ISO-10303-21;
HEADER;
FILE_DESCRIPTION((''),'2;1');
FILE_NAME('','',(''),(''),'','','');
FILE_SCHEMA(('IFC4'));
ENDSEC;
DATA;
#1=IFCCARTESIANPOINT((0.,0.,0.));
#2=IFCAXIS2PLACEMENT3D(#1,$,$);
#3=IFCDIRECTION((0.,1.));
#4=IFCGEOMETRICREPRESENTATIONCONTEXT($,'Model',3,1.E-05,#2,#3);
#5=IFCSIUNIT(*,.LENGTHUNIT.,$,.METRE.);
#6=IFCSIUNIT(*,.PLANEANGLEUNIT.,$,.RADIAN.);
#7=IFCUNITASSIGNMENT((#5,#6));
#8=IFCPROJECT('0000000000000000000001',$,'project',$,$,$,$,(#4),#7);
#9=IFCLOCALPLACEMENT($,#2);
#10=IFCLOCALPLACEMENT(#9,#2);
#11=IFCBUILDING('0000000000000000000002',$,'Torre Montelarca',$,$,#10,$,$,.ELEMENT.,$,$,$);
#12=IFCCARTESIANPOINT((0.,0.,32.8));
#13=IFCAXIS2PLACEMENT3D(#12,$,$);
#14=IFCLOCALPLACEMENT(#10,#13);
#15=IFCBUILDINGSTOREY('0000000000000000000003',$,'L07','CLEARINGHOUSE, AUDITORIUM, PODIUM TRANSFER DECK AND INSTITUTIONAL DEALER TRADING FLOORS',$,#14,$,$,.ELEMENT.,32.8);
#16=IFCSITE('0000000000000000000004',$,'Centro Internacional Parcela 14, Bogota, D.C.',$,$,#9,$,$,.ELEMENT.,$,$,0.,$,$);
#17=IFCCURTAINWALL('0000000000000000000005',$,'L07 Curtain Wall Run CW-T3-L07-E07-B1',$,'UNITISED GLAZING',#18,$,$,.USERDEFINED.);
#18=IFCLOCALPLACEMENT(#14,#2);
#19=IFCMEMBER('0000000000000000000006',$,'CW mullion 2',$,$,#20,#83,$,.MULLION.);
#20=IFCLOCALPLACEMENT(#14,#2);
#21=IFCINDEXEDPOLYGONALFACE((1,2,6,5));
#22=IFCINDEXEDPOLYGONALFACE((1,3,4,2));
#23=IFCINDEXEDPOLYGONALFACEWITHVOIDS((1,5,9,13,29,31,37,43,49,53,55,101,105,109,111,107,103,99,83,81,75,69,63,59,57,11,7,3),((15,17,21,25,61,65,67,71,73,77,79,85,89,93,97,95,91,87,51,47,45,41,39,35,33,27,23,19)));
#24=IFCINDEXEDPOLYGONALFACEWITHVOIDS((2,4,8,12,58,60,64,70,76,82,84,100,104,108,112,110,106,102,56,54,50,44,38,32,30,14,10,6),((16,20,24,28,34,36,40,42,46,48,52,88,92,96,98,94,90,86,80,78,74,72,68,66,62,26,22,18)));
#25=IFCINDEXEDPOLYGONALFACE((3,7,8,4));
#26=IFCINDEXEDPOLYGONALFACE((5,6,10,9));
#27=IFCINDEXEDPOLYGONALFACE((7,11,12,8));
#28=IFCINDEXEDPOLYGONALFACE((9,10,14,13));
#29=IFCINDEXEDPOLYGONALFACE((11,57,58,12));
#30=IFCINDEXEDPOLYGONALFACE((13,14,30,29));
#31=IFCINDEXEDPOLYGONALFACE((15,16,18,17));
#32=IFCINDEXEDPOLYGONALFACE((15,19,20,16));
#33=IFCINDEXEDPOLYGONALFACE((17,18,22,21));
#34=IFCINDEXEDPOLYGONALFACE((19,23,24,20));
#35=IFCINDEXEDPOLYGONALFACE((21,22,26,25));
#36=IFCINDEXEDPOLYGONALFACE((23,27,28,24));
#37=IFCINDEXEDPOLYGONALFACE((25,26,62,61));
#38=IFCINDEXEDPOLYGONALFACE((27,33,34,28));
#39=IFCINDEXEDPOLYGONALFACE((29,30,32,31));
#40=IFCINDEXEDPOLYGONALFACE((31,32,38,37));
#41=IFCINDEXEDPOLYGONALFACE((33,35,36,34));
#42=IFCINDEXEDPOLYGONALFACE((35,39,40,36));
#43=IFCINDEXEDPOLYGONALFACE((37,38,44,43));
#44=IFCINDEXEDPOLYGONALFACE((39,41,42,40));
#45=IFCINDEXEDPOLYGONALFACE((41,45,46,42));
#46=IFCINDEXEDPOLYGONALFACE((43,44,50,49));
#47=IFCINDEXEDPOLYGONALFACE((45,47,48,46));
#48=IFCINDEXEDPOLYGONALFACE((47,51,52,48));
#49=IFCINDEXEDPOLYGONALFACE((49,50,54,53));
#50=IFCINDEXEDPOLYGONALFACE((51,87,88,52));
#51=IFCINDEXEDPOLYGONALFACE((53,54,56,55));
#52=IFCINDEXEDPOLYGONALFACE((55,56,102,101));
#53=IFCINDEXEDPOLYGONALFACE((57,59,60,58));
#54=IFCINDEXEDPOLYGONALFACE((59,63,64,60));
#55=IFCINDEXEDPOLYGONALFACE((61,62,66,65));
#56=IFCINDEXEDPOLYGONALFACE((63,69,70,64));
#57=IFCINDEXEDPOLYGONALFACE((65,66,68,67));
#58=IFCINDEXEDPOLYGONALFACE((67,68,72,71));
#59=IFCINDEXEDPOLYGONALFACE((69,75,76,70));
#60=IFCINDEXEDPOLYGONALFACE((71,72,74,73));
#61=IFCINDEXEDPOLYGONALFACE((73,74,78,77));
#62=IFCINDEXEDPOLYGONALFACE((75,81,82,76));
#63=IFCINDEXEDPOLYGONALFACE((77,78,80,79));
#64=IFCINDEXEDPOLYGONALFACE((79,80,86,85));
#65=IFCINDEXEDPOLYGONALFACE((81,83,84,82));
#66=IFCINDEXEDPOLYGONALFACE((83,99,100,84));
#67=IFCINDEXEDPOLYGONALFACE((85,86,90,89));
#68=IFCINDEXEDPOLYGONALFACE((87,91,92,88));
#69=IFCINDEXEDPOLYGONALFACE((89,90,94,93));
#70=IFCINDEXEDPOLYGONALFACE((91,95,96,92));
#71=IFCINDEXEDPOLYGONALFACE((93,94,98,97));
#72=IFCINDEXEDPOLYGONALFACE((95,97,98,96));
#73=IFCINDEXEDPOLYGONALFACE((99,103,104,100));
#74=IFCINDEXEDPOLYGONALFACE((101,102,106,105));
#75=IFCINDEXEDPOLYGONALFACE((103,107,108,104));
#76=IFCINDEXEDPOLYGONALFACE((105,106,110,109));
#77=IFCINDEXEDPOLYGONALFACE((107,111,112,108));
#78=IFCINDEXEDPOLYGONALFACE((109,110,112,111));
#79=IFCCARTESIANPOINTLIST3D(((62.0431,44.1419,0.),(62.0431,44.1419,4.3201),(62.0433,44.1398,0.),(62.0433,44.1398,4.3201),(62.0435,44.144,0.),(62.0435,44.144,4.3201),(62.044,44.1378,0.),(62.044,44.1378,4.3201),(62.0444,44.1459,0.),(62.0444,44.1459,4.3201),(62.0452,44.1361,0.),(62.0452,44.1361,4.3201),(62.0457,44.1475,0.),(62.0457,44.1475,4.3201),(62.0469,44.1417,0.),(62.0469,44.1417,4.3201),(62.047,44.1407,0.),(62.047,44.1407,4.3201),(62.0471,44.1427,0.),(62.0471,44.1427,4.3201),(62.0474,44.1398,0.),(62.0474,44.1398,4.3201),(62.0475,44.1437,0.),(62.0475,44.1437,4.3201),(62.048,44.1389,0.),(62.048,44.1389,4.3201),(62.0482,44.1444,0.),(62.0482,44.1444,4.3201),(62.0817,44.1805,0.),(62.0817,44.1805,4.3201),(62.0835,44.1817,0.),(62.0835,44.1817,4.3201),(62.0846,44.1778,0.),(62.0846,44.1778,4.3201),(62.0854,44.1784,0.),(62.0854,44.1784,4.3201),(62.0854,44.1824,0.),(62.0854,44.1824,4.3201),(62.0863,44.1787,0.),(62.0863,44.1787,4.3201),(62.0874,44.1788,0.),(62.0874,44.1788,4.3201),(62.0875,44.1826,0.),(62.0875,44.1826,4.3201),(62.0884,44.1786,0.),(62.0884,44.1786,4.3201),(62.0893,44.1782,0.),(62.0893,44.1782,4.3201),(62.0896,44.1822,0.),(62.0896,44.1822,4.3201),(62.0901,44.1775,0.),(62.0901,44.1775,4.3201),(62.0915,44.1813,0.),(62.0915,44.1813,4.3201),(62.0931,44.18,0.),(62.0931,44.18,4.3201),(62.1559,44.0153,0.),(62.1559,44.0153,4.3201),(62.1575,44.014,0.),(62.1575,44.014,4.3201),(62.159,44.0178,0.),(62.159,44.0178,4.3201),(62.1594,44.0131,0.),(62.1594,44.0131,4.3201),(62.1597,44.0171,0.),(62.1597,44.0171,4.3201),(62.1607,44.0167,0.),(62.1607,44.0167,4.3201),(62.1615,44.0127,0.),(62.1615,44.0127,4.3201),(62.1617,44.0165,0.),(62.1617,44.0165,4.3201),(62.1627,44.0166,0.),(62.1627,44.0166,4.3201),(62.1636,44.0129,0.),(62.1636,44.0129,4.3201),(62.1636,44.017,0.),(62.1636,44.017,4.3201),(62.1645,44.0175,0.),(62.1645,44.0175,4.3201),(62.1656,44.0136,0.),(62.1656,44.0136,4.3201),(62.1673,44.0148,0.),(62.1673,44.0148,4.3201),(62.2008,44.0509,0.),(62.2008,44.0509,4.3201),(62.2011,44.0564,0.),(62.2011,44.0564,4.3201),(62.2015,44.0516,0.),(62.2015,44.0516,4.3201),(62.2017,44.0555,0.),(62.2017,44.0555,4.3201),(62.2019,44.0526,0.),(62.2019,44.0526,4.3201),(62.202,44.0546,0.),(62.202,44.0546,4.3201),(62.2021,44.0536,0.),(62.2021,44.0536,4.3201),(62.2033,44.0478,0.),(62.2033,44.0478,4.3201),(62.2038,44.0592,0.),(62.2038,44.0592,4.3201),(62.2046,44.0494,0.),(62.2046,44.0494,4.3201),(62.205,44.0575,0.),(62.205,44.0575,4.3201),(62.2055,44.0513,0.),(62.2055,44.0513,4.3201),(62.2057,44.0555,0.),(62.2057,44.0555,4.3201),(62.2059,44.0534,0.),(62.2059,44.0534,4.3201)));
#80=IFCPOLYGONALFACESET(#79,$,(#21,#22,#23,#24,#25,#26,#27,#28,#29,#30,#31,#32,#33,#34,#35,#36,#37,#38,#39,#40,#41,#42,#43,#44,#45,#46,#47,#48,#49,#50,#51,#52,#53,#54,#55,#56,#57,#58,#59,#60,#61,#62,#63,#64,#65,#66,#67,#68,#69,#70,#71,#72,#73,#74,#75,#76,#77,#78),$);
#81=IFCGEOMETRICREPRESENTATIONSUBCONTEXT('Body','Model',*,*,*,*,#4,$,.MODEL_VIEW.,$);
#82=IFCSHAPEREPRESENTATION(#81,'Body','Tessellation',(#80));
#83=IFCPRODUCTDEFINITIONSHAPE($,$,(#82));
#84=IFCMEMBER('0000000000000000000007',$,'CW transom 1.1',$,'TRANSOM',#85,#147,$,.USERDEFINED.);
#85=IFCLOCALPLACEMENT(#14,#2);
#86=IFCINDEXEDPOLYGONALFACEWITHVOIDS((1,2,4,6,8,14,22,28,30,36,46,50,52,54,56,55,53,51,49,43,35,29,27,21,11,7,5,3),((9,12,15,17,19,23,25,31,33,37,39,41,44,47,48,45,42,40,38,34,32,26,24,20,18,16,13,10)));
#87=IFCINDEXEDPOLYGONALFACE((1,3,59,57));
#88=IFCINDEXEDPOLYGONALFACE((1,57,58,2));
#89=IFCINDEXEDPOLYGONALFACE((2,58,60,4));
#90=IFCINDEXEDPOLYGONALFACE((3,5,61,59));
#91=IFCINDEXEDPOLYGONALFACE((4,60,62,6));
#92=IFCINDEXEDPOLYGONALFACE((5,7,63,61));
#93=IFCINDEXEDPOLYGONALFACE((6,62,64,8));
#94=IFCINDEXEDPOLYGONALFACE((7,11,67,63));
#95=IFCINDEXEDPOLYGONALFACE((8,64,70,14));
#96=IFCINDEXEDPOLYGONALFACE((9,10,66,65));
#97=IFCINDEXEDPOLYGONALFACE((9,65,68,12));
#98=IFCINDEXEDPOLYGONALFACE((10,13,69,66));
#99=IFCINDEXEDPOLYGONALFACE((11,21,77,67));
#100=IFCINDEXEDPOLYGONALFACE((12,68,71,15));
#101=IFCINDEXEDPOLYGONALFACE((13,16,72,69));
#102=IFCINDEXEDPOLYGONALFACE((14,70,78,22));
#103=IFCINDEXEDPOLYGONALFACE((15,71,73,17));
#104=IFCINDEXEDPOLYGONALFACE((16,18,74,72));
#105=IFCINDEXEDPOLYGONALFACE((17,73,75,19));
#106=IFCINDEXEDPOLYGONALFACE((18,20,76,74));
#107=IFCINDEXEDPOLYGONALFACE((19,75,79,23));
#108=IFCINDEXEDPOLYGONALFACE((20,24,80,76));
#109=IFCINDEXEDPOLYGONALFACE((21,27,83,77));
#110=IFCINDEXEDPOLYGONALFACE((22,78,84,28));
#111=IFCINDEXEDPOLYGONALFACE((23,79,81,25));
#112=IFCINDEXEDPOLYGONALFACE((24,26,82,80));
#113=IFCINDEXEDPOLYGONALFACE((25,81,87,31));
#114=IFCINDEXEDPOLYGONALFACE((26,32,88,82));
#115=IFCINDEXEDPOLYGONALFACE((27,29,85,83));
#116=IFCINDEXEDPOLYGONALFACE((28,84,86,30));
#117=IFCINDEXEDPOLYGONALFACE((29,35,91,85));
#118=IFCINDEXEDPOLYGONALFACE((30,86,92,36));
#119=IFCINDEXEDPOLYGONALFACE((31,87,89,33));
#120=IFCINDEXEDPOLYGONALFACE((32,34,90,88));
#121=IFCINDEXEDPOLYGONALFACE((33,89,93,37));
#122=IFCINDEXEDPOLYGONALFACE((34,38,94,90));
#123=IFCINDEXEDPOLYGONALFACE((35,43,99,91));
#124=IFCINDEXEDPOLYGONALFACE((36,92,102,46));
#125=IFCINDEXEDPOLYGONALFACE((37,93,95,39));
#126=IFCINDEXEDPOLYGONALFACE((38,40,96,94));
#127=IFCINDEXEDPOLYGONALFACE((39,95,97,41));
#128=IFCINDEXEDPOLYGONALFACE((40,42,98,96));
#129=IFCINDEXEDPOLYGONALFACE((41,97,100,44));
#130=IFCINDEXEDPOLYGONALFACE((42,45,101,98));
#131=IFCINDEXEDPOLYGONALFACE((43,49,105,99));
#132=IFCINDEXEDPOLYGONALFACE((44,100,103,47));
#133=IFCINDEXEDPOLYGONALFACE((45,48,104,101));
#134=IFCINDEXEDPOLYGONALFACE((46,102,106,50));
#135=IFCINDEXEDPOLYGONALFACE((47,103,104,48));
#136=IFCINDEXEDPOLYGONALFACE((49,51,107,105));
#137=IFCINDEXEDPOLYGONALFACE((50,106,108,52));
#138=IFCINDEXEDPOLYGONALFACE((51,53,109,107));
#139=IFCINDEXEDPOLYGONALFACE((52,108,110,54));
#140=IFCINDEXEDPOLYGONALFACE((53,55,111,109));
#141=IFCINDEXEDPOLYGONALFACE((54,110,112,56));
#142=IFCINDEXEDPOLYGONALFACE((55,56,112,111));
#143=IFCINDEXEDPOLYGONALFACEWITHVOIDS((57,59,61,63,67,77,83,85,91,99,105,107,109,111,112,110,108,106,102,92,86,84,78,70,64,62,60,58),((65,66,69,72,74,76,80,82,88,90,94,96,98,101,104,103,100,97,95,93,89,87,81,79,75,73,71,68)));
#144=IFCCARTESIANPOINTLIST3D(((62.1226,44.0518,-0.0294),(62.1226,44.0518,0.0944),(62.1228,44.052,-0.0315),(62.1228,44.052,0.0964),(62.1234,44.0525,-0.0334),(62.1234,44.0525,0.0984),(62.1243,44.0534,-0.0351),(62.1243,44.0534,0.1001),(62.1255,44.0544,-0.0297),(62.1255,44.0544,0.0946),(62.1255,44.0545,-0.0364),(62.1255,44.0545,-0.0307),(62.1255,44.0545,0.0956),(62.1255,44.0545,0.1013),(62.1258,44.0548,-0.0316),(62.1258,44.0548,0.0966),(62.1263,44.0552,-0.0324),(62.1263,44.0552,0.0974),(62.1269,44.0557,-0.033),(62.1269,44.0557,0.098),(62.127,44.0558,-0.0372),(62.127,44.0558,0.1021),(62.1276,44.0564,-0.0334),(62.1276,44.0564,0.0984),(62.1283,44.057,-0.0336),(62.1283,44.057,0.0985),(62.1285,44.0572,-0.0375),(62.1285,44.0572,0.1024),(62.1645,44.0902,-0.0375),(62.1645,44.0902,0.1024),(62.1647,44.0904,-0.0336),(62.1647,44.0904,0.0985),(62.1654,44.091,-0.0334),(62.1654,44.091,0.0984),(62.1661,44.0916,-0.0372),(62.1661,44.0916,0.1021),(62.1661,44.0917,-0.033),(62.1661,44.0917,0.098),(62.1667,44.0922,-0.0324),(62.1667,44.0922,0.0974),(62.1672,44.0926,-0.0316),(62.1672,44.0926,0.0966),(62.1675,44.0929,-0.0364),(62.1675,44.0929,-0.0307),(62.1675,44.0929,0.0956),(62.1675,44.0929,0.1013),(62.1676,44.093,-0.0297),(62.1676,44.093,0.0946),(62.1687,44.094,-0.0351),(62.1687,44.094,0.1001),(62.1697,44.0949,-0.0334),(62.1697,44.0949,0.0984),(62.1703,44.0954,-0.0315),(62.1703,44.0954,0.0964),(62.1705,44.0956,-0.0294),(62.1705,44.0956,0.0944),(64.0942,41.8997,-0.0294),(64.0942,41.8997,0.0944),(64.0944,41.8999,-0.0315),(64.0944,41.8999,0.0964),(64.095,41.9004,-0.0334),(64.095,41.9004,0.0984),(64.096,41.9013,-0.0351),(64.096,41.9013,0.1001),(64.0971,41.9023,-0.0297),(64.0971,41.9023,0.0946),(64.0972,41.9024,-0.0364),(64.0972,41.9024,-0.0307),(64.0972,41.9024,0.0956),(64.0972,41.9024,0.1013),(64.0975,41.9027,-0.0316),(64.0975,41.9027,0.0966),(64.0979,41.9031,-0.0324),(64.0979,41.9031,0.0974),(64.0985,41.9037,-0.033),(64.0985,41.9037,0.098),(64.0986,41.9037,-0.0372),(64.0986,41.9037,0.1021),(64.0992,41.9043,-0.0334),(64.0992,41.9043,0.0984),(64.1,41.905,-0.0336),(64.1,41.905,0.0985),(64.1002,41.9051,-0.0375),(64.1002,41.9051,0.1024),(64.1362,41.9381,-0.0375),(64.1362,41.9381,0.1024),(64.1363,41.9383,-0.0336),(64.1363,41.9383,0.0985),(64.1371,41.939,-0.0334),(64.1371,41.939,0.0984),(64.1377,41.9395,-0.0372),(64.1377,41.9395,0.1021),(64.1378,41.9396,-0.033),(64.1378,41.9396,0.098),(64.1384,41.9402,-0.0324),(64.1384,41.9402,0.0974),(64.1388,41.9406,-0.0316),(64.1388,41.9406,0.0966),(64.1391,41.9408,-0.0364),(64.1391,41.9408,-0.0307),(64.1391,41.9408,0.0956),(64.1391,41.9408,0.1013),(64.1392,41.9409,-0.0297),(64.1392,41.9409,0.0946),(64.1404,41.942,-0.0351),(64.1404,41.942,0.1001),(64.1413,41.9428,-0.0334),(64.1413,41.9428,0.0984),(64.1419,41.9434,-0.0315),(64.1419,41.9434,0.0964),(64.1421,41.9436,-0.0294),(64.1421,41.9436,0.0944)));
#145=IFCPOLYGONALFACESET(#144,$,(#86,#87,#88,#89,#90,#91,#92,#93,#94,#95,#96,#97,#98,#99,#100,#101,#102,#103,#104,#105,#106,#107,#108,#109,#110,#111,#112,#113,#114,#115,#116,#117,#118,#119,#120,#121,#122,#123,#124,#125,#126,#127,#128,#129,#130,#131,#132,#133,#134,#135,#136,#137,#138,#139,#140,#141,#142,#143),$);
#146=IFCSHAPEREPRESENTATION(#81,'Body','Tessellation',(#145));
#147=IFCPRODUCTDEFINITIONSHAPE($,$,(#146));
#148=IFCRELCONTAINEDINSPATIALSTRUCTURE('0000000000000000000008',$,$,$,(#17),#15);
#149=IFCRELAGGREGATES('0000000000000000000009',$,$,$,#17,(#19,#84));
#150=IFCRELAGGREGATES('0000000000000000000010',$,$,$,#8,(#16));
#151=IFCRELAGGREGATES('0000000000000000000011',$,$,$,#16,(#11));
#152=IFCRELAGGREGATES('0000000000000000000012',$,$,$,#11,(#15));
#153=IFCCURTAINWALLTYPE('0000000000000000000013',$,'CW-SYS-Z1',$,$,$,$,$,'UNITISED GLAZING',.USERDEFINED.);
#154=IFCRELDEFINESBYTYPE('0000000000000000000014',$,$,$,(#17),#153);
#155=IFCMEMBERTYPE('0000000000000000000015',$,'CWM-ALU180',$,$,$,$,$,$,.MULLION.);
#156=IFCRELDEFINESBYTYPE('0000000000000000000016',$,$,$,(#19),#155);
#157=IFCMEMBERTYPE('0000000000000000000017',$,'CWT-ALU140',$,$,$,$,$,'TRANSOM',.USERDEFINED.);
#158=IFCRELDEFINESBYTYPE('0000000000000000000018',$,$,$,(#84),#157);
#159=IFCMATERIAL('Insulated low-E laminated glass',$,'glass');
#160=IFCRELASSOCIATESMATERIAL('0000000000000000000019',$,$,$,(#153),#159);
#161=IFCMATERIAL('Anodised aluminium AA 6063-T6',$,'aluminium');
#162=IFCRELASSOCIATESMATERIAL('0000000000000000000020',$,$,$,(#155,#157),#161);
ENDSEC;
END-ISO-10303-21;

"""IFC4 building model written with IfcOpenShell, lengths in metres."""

from ifc_helpers import new_model, si_unit, direction, frame, origin, origin_2d, place, context, subcontext, project, spatial, hollow_rectangle, extrude, source, transform, mapped, material, material_profile, profile_set, type_object, element, aggregate, save


model = new_model("IFC4")

# Units and contexts
model_context = context("Model", 3, precision=1e-05, world=origin(), true_north=direction((0.0, 1.0)))
body_context = subcontext(model_context, "Body", "Model", "MODEL_VIEW")
ifc_project = project(units=[si_unit("LENGTHUNIT", "METRE"), si_unit("PLANEANGLEUNIT", "RADIAN")], contexts=[model_context])

# Site, building, storey
site_placement = place(None, origin())
site = spatial("IfcSite", under=ifc_project, at=site_placement, Name="Centro Internacional Parcela 14, Bogota, D.C.", CompositionType="ELEMENT", RefElevation=0.0)
building_placement = place(site_placement, origin())
building = spatial("IfcBuilding", under=site, at=building_placement, Name="Torre Montelarca", CompositionType="ELEMENT")
storey_placement = place(building_placement, frame((0.0, 0.0, 32.8)))
storey = spatial("IfcBuildingStorey", under=building, at=storey_placement, Name="L07", Description="CLEARINGHOUSE, AUDITORIUM, PODIUM TRANSFER DECK AND INSTITUTIONAL DEALER TRADING FLOORS", CompositionType="ELEMENT", Elevation=32.8)

# Curtain wall, members
ifc_material_1 = material(Name="Insulated low-E laminated glass", Category="glass")
curtain_wall_type = type_object("IfcCurtainWallType", Name="CW-SYS-Z1", ElementType="UNITISED GLAZING", PredefinedType="USERDEFINED", material=ifc_material_1)
ifc_material_2 = material(Name="Anodised aluminium AA 6063-T6", Category="aluminium")
ifc_material_profile_1 = material_profile(ifc_material_2, hollow_rectangle(XDim=0.0649, YDim=0.1799, WallThickness=0.0039, InnerFilletRadius=0.0039, OuterFilletRadius=0.0081, at=origin_2d()), Name="ALU65X180X4", Category="aluminium")
ifc_profile_set_1 = profile_set([ifc_material_profile_1], Name="Anodised aluminium AA 6063-T6")
member_type_1 = type_object("IfcMemberType", Name="CWM-ALU180", PredefinedType="MULLION", material=ifc_profile_set_1)
shared_shape_1 = source(origin(), body_context, "Body", "SweptSolid", [
    extrude(hollow_rectangle(XDim=0.0649, YDim=0.1799, WallThickness=0.0039, InnerFilletRadius=0.0039, OuterFilletRadius=0.0081, at=origin_2d()), origin(), (0.0, 0.0, 1.0), 4.3201),
])
curtain_wall_1_placement = place(storey_placement, origin())
curtain_wall_1 = element("IfcCurtainWall", 1, at=curtain_wall_1_placement, inside=storey, type_object=curtain_wall_type, Name="L07 Curtain Wall Run CW-T3-L07-E07-B1", ObjectType="UNITISED GLAZING", PredefinedType="USERDEFINED")
member_1_placement = place(storey_placement, frame((62.1245, 44.0977, 0.0), z_axis=(0.0, 0.0, 1.0), x_axis=(-0.737292, -0.675574, 0.0)))
member_1 = element("IfcMember", 2, at=member_1_placement, type_object=member_type_1, Name="CW mullion 2", PredefinedType="MULLION", context=body_context, shape_type="MappedRepresentation", body=[
    mapped(shared_shape_1, transform((0.0, 0.0, 0.0), scale=1.0)),
])
ifc_material_profile_2 = material_profile(ifc_material_2, hollow_rectangle(XDim=0.0649, YDim=0.1399, WallThickness=0.0039, InnerFilletRadius=0.0039, OuterFilletRadius=0.0081, at=origin_2d()), Name="ALU65X140X4", Category="aluminium")
ifc_profile_set_2 = profile_set([ifc_material_profile_2], Name="Anodised aluminium AA 6063-T6")
member_type_2 = type_object("IfcMemberType", Name="CWT-ALU140", ElementType="TRANSOM", PredefinedType="USERDEFINED", material=ifc_profile_set_2)
shared_shape_2 = source(origin(), body_context, "Body", "SweptSolid", [
    extrude(hollow_rectangle(XDim=0.0649, YDim=0.1399, WallThickness=0.0039, InnerFilletRadius=0.0039, OuterFilletRadius=0.0081, at=origin_2d()), origin(), (0.0, 0.0, 1.0), 2.9187),
])
member_2_placement = place(storey_placement, frame((64.1182, 41.9216, 0.0325), z_axis=(-0.675524, 0.737338, 0.0), x_axis=(-0.737338, -0.675524, 0.0)))
member_2 = element("IfcMember", 3, at=member_2_placement, type_object=member_type_2, Name="CW transom 1.1", ObjectType="TRANSOM", PredefinedType="USERDEFINED", context=body_context, shape_type="MappedRepresentation", body=[
    mapped(shared_shape_2, transform((0.0, 0.0, 0.0), scale=1.0)),
])

aggregate(curtain_wall_1, [member_1, member_2])

save(model, "model.ifc")
